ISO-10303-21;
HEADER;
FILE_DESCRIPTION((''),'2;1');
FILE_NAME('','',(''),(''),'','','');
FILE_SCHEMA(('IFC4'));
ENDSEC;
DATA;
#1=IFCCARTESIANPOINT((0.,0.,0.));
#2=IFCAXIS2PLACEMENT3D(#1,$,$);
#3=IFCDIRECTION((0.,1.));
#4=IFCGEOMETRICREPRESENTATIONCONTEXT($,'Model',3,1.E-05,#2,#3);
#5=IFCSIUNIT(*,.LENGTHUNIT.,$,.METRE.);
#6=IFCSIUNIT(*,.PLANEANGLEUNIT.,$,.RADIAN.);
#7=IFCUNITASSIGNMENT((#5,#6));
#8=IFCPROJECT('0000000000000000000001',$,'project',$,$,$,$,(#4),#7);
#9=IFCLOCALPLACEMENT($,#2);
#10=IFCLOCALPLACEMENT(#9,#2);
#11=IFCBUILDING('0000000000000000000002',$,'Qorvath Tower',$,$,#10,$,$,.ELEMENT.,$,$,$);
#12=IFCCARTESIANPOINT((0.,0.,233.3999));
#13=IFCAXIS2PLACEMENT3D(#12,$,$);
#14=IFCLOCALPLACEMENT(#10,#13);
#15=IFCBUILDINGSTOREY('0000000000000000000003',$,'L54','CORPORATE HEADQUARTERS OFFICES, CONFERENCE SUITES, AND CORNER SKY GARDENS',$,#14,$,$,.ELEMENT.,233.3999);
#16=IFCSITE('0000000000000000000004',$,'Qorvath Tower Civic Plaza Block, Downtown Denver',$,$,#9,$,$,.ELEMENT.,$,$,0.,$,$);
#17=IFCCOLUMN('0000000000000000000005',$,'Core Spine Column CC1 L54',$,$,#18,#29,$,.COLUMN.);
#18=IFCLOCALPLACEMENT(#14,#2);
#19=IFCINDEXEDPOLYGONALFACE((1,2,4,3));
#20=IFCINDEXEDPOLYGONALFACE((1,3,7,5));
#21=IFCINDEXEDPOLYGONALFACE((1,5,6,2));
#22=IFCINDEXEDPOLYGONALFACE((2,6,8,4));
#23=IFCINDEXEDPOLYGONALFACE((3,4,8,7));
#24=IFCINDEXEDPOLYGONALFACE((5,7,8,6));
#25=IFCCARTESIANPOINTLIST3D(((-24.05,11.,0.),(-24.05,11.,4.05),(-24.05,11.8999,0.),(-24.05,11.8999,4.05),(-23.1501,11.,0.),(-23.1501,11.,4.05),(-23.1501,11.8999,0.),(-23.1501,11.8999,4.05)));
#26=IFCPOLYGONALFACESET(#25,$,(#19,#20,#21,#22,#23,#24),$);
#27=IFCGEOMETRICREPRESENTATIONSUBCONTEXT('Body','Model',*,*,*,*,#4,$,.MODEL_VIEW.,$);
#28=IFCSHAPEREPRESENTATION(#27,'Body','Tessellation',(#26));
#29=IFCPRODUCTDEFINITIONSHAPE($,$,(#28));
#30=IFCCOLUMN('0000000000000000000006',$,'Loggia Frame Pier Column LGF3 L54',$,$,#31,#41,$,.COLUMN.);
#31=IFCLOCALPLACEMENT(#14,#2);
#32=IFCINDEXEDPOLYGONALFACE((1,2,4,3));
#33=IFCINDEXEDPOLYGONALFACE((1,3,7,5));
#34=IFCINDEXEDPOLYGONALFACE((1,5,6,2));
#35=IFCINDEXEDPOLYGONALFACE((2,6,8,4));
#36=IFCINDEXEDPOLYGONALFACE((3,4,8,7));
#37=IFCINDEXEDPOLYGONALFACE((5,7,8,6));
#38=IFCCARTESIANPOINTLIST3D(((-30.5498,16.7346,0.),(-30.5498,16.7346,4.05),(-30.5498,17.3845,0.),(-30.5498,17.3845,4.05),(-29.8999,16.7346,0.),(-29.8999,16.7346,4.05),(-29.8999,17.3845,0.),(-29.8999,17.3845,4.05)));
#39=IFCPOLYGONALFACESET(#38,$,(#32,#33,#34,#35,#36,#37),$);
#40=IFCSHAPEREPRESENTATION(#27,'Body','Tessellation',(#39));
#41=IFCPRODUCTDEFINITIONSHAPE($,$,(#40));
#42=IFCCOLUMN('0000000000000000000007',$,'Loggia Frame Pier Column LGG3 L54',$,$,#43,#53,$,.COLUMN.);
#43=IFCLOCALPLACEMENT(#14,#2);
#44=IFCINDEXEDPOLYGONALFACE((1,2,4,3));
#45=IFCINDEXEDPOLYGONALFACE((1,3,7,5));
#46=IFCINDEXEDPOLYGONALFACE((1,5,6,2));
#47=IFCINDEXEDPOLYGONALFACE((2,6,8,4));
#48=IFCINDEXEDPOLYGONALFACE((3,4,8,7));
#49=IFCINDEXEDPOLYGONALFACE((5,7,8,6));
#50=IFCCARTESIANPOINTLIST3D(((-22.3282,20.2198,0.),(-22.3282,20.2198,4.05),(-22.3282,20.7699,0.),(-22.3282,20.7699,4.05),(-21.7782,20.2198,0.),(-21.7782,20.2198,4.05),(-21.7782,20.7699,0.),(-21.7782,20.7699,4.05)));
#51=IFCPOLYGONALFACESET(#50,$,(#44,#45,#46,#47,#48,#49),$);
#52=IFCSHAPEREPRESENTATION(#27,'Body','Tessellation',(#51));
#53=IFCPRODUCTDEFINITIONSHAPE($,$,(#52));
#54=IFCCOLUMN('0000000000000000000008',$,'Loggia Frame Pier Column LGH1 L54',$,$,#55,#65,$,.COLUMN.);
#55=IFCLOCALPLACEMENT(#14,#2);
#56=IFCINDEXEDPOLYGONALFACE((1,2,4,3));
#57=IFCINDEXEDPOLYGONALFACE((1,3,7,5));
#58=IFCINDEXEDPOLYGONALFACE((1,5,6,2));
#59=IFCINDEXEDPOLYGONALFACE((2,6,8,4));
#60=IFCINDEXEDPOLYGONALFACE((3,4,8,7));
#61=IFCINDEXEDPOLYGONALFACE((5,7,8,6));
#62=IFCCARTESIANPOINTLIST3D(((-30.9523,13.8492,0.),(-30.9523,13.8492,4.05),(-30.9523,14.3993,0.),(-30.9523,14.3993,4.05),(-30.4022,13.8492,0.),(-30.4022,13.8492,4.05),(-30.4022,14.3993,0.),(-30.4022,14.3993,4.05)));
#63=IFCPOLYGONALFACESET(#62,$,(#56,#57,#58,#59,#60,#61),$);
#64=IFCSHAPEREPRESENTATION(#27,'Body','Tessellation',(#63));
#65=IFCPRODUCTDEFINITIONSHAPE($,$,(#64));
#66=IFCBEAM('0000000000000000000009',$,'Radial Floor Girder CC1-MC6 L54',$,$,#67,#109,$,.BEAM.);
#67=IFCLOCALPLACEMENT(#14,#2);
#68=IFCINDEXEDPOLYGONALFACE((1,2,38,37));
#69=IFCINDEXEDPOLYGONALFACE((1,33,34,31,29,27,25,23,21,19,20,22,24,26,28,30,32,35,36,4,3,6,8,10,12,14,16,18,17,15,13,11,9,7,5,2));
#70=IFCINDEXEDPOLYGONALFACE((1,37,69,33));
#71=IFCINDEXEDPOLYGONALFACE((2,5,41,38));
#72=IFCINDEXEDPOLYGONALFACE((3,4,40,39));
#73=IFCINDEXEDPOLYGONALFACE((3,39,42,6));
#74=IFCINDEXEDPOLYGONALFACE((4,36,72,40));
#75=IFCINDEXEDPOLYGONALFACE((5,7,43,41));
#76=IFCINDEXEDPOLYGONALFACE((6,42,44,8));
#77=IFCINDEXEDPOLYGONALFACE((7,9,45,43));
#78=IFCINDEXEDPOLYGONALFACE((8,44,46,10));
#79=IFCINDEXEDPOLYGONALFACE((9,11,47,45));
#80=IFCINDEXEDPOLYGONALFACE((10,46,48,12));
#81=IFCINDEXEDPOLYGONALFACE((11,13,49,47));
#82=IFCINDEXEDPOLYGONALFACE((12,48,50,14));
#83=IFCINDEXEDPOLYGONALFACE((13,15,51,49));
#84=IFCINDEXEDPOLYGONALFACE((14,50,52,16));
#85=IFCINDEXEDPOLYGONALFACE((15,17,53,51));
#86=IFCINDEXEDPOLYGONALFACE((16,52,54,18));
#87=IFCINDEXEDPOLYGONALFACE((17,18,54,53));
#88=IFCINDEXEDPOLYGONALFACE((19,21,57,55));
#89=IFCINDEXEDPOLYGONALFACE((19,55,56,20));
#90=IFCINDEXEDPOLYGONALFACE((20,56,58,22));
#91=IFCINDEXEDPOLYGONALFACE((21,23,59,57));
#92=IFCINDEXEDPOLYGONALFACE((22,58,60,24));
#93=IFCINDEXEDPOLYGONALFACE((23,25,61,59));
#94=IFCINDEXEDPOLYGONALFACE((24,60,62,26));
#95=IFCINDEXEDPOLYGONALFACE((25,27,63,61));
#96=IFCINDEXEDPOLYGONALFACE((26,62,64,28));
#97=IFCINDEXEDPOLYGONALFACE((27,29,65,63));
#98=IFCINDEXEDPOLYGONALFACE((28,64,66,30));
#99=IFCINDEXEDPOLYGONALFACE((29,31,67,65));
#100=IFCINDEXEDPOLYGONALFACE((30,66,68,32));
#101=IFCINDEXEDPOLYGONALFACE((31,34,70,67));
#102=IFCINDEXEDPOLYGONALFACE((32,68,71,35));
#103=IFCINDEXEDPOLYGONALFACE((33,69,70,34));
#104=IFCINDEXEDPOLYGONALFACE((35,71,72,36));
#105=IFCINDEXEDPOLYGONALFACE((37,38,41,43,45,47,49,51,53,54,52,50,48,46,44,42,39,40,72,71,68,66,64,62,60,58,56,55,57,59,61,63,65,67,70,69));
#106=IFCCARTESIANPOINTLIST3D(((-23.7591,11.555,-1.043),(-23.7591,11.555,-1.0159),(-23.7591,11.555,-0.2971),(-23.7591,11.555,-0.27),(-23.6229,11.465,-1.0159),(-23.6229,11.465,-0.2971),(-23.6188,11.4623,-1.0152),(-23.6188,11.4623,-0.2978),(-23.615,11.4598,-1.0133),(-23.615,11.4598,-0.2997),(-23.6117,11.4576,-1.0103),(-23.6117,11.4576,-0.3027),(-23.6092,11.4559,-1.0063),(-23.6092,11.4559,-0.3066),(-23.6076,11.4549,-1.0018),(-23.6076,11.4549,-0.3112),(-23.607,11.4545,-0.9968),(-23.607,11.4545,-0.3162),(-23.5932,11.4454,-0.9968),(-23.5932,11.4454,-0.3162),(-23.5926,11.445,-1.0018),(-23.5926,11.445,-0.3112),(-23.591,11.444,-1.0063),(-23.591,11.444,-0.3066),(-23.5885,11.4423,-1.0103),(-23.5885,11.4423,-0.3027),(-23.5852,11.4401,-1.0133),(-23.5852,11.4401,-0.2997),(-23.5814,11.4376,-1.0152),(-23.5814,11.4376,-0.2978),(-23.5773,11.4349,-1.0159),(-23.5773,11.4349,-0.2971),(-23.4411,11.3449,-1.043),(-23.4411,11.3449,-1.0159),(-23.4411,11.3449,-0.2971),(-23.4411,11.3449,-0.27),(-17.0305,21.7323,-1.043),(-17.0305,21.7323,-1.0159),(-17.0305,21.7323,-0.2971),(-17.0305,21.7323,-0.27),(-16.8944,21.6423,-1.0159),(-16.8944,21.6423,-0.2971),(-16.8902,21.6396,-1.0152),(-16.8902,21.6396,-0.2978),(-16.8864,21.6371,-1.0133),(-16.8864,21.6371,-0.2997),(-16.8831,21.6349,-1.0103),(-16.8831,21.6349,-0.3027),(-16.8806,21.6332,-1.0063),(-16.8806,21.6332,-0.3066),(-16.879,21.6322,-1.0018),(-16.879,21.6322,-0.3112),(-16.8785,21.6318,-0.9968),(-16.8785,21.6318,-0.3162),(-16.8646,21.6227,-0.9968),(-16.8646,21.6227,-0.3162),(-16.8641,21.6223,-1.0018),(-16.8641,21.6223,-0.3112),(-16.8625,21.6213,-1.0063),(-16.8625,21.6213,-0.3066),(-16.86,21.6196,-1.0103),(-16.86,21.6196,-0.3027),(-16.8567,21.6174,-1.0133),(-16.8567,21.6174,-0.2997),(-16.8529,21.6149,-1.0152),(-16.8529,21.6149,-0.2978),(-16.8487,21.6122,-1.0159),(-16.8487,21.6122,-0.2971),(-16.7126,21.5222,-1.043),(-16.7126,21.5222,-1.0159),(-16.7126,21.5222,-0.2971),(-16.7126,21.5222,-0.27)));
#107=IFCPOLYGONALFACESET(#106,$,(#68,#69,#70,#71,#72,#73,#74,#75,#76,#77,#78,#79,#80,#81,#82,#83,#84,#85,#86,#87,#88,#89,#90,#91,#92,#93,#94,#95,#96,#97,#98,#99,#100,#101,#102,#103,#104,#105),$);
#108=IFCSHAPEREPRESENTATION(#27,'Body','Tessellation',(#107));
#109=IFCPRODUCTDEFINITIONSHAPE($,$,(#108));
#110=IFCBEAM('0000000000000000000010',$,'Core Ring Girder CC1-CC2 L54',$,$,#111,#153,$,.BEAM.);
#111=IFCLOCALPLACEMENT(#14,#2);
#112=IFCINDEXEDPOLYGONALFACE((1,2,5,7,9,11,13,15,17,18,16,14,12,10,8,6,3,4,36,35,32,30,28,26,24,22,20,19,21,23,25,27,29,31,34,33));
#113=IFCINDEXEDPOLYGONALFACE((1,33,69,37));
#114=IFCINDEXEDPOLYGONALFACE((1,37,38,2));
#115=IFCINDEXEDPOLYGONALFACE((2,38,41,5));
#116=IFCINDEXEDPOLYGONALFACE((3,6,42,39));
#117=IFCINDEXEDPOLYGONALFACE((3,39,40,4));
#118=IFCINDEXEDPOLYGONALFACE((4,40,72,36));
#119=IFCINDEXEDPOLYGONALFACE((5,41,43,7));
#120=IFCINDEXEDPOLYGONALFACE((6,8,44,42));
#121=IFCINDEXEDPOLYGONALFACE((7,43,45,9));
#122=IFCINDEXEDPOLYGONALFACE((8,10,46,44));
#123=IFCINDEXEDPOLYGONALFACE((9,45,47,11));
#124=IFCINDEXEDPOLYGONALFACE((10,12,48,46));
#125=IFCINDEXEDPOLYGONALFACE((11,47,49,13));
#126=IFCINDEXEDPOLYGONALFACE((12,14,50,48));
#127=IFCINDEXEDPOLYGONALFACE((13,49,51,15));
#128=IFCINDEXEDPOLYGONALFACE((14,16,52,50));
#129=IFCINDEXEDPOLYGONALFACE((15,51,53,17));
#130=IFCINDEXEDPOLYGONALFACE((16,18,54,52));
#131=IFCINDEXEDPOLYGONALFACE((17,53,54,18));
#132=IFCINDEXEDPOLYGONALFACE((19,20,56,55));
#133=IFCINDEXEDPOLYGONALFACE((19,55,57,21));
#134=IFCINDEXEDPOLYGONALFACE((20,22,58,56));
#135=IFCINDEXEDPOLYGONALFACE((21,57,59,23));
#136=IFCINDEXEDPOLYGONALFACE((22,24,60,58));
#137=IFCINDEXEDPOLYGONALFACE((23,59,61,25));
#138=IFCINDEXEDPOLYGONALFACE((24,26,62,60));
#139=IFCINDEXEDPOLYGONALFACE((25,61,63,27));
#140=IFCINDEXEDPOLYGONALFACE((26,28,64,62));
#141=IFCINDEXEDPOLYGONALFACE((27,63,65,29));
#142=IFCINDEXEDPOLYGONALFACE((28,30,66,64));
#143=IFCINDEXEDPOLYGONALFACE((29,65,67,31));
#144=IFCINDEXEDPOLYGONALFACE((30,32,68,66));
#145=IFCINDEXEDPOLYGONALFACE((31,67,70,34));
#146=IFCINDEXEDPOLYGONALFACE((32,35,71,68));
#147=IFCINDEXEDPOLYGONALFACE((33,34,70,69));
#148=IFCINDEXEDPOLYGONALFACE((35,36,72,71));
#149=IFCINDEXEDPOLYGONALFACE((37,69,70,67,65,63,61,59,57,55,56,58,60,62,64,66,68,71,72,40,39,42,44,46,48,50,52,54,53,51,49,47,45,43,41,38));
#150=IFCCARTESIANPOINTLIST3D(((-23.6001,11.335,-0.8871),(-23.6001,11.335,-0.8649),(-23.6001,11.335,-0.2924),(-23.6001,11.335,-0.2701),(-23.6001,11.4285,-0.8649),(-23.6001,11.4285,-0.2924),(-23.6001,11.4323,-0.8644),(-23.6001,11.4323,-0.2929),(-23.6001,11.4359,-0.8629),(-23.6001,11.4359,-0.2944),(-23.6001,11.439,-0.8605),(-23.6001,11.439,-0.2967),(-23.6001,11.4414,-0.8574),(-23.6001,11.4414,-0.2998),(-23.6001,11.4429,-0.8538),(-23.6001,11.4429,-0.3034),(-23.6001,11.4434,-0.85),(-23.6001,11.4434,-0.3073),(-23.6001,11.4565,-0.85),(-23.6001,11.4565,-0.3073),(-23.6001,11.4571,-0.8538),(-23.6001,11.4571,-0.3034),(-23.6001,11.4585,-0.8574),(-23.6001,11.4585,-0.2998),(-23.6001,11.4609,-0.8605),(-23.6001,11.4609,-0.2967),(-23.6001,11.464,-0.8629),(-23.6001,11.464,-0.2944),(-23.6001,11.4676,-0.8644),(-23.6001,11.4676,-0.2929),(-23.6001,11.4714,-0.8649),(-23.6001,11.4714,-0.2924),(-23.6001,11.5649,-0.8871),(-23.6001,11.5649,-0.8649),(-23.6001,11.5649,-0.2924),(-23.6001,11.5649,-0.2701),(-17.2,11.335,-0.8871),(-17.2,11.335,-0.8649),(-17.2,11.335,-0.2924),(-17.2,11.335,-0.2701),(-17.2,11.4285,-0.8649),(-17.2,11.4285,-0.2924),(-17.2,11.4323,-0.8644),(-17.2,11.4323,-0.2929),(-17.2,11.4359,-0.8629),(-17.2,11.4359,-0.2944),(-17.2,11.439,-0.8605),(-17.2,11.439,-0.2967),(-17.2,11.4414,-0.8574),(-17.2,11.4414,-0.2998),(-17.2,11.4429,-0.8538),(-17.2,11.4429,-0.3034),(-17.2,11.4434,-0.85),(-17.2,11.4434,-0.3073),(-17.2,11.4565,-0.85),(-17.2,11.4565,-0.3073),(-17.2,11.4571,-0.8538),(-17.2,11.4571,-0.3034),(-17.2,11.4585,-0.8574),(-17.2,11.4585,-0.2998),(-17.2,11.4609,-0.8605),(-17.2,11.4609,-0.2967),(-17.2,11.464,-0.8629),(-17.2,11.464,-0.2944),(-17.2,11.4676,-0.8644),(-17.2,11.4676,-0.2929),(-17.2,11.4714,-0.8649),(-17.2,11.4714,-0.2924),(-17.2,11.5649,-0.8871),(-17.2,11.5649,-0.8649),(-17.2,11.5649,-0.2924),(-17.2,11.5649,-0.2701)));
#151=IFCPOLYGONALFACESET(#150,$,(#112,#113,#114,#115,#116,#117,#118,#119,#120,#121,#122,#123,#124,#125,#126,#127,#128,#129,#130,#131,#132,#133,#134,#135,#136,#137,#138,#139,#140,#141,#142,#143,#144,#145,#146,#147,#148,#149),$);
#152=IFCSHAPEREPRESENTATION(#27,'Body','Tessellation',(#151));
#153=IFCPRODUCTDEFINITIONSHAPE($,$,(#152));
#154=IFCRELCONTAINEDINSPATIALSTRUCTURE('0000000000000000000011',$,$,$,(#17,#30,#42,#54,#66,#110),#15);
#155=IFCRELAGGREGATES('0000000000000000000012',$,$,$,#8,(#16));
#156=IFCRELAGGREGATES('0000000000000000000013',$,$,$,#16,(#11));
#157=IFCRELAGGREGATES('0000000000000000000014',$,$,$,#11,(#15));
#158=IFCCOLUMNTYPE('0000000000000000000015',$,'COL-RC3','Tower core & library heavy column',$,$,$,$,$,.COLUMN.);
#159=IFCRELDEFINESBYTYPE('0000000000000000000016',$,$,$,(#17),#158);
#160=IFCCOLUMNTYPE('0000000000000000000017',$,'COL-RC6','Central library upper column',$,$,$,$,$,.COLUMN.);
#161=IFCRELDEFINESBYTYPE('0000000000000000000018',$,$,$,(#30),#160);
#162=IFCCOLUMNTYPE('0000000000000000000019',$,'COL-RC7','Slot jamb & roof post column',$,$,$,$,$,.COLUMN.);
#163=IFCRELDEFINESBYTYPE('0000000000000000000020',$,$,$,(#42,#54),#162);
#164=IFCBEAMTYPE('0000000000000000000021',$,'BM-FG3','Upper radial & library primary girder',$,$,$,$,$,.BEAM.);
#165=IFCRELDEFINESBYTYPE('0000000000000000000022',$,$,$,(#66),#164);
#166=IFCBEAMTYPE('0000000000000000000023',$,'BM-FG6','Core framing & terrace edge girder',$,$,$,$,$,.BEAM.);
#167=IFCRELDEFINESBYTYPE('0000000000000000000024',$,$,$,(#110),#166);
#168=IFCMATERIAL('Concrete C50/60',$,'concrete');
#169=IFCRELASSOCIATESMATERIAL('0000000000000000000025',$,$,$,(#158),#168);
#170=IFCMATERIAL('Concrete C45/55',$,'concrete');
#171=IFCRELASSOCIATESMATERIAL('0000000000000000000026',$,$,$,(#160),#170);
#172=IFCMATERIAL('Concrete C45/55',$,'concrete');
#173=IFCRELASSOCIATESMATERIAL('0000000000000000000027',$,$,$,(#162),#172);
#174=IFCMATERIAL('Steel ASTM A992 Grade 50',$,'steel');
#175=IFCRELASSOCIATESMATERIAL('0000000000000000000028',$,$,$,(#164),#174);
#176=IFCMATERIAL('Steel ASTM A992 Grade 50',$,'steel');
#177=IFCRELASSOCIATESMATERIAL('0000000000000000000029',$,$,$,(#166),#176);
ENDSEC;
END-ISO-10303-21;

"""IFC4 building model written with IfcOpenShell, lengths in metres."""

from ifc_helpers import new_model, si_unit, direction, frame, origin, origin_2d, place, context, subcontext, project, spatial, rectangle, i_section, extrude, material, material_profile, profile_set, type_object, element, save


model = new_model("IFC4")

# Units and contexts
model_context = context("Model", 3, precision=1e-05, world=origin(), true_north=direction((0.0, 1.0)))
body_context = subcontext(model_context, "Body", "Model", "MODEL_VIEW")
ifc_project = project(units=[si_unit("LENGTHUNIT", "METRE"), si_unit("PLANEANGLEUNIT", "RADIAN")], contexts=[model_context])

# Site, building, storey
site_placement = place(None, origin())
site = spatial("IfcSite", under=ifc_project, at=site_placement, Name="Qorvath Tower Civic Plaza Block, Downtown Denver", CompositionType="ELEMENT", RefElevation=0.0)
building_placement = place(site_placement, origin())
building = spatial("IfcBuilding", under=site, at=building_placement, Name="Qorvath Tower", CompositionType="ELEMENT")
storey_placement = place(building_placement, frame((0.0, 0.0, 233.3999)))
storey = spatial("IfcBuildingStorey", under=building, at=storey_placement, Name="L54", Description="CORPORATE HEADQUARTERS OFFICES, CONFERENCE SUITES, AND CORNER SKY GARDENS", CompositionType="ELEMENT", Elevation=233.3999)

# Columns
ifc_material_1 = material(Name="Concrete C50/60", Category="concrete")
ifc_material_profile_1 = material_profile(ifc_material_1, rectangle(XDim=0.8999, YDim=0.8999, at=origin_2d()), Name="RC 900x900")
ifc_profile_set_1 = profile_set([ifc_material_profile_1], Name="Concrete C50/60")
column_type_1 = type_object("IfcColumnType", Name="COL-RC3", Description="Tower core & library heavy column", PredefinedType="COLUMN", material=ifc_profile_set_1)
column_1_placement = place(storey_placement, frame((-23.6001, 11.45, 0.0), z_axis=(0.0, 0.0, 1.0), x_axis=(1.0, 0.0, 0.0)))
element("IfcColumn", 1, at=column_1_placement, inside=storey, type_object=column_type_1, Name="Core Spine Column CC1 L54", PredefinedType="COLUMN", context=body_context, shape_type="SweptSolid", body=[
    extrude(rectangle(XDim=0.8999, YDim=0.8999, at=origin_2d()), origin(), (0.0, 0.0, 1.0), 4.05),
])
ifc_material_2 = material(Name="Concrete C45/55", Category="concrete")
ifc_material_profile_2 = material_profile(ifc_material_2, rectangle(XDim=0.6499, YDim=0.6499, at=origin_2d()), Name="RC 650x650")
ifc_profile_set_2 = profile_set([ifc_material_profile_2], Name="Concrete C45/55")
column_type_2 = type_object("IfcColumnType", Name="COL-RC6", Description="Central library upper column", PredefinedType="COLUMN", material=ifc_profile_set_2)
column_2_placement = place(storey_placement, frame((-30.2249, 17.0596, 0.0), z_axis=(0.0, 0.0, 1.0), x_axis=(1.0, 0.0, 0.0)))
element("IfcColumn", 2, at=column_2_placement, inside=storey, type_object=column_type_2, Name="Loggia Frame Pier Column LGF3 L54", PredefinedType="COLUMN", context=body_context, shape_type="SweptSolid", body=[
    extrude(rectangle(XDim=0.6499, YDim=0.6499, at=origin_2d()), origin(), (0.0, 0.0, 1.0), 4.05),
])
ifc_material_3 = material(Name="Concrete C45/55", Category="concrete")
ifc_material_profile_3 = material_profile(ifc_material_3, rectangle(XDim=0.55, YDim=0.55, at=origin_2d()), Name="RC 550x550")
ifc_profile_set_3 = profile_set([ifc_material_profile_3], Name="Concrete C45/55")
column_type_3 = type_object("IfcColumnType", Name="COL-RC7", Description="Slot jamb & roof post column", PredefinedType="COLUMN", material=ifc_profile_set_3)
for number, where, z_axis, x_axis, name in (
    (3, (-22.0532, 20.4949, 0.0), (0.0, 0.0, 1.0), (1.0, 0.0, 0.0), "Loggia Frame Pier Column LGG3 L54"),
    (4, (-30.6772, 14.1243, 0.0), (0.0, 0.0, 1.0), (1.0, 0.0, 0.0), "Loggia Frame Pier Column LGH1 L54"),
):
    element("IfcColumn", number, at=place(storey_placement, frame(where, z_axis=z_axis, x_axis=x_axis)), inside=storey, type_object=column_type_3, Name=name, PredefinedType="COLUMN", context=body_context, shape_type="SweptSolid", body=[
        extrude(rectangle(XDim=0.55, YDim=0.55, at=origin_2d()), origin(), (0.0, 0.0, 1.0), 4.05),
    ])

# Beams
ifc_material_4 = material(Name="Steel ASTM A992 Grade 50", Category="steel")
ifc_material_profile_4 = material_profile(ifc_material_4, i_section(OverallWidth=0.3811, OverallDepth=0.7729, WebThickness=0.0166, FlangeThickness=0.0271, FilletRadius=0.019, at=origin_2d()), Name="W30x173")
ifc_profile_set_4 = profile_set([ifc_material_profile_4], Name="Steel ASTM A992 Grade 50")
beam_type_1 = type_object("IfcBeamType", Name="BM-FG3", Description="Upper radial & library primary girder", PredefinedType="BEAM", material=ifc_profile_set_4)
beam_1_placement = place(storey_placement, frame((-23.6001, 11.45, -0.6565), z_axis=(0.551501, 0.834175, 0.0), x_axis=(-0.834175, 0.551501, 0.0)))
element("IfcBeam", 5, at=beam_1_placement, inside=storey, type_object=beam_type_1, Name="Radial Floor Girder CC1-MC6 L54", PredefinedType="BEAM", context=body_context, shape_type="SweptSolid", body=[
    extrude(i_section(OverallWidth=0.3811, OverallDepth=0.7729, WebThickness=0.0166, FlangeThickness=0.0271, FilletRadius=0.019, at=origin_2d()), origin(), (0.0, 0.0, 1.0), 12.2004),
])
ifc_material_5 = material(Name="Steel ASTM A992 Grade 50", Category="steel")
ifc_material_profile_5 = material_profile(ifc_material_5, i_section(OverallWidth=0.23, OverallDepth=0.6169, WebThickness=0.0132, FlangeThickness=0.0222, FilletRadius=0.0149, at=origin_2d()), Name="W24x94")
ifc_profile_set_5 = profile_set([ifc_material_profile_5], Name="Steel ASTM A992 Grade 50")
beam_type_2 = type_object("IfcBeamType", Name="BM-FG6", Description="Core framing & terrace edge girder", PredefinedType="BEAM", material=ifc_profile_set_5)
beam_2_placement = place(storey_placement, frame((-23.6001, 11.45, -0.5786), z_axis=(1.0, 0.0, 0.0), x_axis=(0.0, 1.0, 0.0)))
element("IfcBeam", 6, at=beam_2_placement, inside=storey, type_object=beam_type_2, Name="Core Ring Girder CC1-CC2 L54", PredefinedType="BEAM", context=body_context, shape_type="SweptSolid", body=[
    extrude(i_section(OverallWidth=0.23, OverallDepth=0.6169, WebThickness=0.0132, FlangeThickness=0.0222, FilletRadius=0.0149, at=origin_2d()), origin(), (0.0, 0.0, 1.0), 6.4001),
])

save(model, "model.ifc")
